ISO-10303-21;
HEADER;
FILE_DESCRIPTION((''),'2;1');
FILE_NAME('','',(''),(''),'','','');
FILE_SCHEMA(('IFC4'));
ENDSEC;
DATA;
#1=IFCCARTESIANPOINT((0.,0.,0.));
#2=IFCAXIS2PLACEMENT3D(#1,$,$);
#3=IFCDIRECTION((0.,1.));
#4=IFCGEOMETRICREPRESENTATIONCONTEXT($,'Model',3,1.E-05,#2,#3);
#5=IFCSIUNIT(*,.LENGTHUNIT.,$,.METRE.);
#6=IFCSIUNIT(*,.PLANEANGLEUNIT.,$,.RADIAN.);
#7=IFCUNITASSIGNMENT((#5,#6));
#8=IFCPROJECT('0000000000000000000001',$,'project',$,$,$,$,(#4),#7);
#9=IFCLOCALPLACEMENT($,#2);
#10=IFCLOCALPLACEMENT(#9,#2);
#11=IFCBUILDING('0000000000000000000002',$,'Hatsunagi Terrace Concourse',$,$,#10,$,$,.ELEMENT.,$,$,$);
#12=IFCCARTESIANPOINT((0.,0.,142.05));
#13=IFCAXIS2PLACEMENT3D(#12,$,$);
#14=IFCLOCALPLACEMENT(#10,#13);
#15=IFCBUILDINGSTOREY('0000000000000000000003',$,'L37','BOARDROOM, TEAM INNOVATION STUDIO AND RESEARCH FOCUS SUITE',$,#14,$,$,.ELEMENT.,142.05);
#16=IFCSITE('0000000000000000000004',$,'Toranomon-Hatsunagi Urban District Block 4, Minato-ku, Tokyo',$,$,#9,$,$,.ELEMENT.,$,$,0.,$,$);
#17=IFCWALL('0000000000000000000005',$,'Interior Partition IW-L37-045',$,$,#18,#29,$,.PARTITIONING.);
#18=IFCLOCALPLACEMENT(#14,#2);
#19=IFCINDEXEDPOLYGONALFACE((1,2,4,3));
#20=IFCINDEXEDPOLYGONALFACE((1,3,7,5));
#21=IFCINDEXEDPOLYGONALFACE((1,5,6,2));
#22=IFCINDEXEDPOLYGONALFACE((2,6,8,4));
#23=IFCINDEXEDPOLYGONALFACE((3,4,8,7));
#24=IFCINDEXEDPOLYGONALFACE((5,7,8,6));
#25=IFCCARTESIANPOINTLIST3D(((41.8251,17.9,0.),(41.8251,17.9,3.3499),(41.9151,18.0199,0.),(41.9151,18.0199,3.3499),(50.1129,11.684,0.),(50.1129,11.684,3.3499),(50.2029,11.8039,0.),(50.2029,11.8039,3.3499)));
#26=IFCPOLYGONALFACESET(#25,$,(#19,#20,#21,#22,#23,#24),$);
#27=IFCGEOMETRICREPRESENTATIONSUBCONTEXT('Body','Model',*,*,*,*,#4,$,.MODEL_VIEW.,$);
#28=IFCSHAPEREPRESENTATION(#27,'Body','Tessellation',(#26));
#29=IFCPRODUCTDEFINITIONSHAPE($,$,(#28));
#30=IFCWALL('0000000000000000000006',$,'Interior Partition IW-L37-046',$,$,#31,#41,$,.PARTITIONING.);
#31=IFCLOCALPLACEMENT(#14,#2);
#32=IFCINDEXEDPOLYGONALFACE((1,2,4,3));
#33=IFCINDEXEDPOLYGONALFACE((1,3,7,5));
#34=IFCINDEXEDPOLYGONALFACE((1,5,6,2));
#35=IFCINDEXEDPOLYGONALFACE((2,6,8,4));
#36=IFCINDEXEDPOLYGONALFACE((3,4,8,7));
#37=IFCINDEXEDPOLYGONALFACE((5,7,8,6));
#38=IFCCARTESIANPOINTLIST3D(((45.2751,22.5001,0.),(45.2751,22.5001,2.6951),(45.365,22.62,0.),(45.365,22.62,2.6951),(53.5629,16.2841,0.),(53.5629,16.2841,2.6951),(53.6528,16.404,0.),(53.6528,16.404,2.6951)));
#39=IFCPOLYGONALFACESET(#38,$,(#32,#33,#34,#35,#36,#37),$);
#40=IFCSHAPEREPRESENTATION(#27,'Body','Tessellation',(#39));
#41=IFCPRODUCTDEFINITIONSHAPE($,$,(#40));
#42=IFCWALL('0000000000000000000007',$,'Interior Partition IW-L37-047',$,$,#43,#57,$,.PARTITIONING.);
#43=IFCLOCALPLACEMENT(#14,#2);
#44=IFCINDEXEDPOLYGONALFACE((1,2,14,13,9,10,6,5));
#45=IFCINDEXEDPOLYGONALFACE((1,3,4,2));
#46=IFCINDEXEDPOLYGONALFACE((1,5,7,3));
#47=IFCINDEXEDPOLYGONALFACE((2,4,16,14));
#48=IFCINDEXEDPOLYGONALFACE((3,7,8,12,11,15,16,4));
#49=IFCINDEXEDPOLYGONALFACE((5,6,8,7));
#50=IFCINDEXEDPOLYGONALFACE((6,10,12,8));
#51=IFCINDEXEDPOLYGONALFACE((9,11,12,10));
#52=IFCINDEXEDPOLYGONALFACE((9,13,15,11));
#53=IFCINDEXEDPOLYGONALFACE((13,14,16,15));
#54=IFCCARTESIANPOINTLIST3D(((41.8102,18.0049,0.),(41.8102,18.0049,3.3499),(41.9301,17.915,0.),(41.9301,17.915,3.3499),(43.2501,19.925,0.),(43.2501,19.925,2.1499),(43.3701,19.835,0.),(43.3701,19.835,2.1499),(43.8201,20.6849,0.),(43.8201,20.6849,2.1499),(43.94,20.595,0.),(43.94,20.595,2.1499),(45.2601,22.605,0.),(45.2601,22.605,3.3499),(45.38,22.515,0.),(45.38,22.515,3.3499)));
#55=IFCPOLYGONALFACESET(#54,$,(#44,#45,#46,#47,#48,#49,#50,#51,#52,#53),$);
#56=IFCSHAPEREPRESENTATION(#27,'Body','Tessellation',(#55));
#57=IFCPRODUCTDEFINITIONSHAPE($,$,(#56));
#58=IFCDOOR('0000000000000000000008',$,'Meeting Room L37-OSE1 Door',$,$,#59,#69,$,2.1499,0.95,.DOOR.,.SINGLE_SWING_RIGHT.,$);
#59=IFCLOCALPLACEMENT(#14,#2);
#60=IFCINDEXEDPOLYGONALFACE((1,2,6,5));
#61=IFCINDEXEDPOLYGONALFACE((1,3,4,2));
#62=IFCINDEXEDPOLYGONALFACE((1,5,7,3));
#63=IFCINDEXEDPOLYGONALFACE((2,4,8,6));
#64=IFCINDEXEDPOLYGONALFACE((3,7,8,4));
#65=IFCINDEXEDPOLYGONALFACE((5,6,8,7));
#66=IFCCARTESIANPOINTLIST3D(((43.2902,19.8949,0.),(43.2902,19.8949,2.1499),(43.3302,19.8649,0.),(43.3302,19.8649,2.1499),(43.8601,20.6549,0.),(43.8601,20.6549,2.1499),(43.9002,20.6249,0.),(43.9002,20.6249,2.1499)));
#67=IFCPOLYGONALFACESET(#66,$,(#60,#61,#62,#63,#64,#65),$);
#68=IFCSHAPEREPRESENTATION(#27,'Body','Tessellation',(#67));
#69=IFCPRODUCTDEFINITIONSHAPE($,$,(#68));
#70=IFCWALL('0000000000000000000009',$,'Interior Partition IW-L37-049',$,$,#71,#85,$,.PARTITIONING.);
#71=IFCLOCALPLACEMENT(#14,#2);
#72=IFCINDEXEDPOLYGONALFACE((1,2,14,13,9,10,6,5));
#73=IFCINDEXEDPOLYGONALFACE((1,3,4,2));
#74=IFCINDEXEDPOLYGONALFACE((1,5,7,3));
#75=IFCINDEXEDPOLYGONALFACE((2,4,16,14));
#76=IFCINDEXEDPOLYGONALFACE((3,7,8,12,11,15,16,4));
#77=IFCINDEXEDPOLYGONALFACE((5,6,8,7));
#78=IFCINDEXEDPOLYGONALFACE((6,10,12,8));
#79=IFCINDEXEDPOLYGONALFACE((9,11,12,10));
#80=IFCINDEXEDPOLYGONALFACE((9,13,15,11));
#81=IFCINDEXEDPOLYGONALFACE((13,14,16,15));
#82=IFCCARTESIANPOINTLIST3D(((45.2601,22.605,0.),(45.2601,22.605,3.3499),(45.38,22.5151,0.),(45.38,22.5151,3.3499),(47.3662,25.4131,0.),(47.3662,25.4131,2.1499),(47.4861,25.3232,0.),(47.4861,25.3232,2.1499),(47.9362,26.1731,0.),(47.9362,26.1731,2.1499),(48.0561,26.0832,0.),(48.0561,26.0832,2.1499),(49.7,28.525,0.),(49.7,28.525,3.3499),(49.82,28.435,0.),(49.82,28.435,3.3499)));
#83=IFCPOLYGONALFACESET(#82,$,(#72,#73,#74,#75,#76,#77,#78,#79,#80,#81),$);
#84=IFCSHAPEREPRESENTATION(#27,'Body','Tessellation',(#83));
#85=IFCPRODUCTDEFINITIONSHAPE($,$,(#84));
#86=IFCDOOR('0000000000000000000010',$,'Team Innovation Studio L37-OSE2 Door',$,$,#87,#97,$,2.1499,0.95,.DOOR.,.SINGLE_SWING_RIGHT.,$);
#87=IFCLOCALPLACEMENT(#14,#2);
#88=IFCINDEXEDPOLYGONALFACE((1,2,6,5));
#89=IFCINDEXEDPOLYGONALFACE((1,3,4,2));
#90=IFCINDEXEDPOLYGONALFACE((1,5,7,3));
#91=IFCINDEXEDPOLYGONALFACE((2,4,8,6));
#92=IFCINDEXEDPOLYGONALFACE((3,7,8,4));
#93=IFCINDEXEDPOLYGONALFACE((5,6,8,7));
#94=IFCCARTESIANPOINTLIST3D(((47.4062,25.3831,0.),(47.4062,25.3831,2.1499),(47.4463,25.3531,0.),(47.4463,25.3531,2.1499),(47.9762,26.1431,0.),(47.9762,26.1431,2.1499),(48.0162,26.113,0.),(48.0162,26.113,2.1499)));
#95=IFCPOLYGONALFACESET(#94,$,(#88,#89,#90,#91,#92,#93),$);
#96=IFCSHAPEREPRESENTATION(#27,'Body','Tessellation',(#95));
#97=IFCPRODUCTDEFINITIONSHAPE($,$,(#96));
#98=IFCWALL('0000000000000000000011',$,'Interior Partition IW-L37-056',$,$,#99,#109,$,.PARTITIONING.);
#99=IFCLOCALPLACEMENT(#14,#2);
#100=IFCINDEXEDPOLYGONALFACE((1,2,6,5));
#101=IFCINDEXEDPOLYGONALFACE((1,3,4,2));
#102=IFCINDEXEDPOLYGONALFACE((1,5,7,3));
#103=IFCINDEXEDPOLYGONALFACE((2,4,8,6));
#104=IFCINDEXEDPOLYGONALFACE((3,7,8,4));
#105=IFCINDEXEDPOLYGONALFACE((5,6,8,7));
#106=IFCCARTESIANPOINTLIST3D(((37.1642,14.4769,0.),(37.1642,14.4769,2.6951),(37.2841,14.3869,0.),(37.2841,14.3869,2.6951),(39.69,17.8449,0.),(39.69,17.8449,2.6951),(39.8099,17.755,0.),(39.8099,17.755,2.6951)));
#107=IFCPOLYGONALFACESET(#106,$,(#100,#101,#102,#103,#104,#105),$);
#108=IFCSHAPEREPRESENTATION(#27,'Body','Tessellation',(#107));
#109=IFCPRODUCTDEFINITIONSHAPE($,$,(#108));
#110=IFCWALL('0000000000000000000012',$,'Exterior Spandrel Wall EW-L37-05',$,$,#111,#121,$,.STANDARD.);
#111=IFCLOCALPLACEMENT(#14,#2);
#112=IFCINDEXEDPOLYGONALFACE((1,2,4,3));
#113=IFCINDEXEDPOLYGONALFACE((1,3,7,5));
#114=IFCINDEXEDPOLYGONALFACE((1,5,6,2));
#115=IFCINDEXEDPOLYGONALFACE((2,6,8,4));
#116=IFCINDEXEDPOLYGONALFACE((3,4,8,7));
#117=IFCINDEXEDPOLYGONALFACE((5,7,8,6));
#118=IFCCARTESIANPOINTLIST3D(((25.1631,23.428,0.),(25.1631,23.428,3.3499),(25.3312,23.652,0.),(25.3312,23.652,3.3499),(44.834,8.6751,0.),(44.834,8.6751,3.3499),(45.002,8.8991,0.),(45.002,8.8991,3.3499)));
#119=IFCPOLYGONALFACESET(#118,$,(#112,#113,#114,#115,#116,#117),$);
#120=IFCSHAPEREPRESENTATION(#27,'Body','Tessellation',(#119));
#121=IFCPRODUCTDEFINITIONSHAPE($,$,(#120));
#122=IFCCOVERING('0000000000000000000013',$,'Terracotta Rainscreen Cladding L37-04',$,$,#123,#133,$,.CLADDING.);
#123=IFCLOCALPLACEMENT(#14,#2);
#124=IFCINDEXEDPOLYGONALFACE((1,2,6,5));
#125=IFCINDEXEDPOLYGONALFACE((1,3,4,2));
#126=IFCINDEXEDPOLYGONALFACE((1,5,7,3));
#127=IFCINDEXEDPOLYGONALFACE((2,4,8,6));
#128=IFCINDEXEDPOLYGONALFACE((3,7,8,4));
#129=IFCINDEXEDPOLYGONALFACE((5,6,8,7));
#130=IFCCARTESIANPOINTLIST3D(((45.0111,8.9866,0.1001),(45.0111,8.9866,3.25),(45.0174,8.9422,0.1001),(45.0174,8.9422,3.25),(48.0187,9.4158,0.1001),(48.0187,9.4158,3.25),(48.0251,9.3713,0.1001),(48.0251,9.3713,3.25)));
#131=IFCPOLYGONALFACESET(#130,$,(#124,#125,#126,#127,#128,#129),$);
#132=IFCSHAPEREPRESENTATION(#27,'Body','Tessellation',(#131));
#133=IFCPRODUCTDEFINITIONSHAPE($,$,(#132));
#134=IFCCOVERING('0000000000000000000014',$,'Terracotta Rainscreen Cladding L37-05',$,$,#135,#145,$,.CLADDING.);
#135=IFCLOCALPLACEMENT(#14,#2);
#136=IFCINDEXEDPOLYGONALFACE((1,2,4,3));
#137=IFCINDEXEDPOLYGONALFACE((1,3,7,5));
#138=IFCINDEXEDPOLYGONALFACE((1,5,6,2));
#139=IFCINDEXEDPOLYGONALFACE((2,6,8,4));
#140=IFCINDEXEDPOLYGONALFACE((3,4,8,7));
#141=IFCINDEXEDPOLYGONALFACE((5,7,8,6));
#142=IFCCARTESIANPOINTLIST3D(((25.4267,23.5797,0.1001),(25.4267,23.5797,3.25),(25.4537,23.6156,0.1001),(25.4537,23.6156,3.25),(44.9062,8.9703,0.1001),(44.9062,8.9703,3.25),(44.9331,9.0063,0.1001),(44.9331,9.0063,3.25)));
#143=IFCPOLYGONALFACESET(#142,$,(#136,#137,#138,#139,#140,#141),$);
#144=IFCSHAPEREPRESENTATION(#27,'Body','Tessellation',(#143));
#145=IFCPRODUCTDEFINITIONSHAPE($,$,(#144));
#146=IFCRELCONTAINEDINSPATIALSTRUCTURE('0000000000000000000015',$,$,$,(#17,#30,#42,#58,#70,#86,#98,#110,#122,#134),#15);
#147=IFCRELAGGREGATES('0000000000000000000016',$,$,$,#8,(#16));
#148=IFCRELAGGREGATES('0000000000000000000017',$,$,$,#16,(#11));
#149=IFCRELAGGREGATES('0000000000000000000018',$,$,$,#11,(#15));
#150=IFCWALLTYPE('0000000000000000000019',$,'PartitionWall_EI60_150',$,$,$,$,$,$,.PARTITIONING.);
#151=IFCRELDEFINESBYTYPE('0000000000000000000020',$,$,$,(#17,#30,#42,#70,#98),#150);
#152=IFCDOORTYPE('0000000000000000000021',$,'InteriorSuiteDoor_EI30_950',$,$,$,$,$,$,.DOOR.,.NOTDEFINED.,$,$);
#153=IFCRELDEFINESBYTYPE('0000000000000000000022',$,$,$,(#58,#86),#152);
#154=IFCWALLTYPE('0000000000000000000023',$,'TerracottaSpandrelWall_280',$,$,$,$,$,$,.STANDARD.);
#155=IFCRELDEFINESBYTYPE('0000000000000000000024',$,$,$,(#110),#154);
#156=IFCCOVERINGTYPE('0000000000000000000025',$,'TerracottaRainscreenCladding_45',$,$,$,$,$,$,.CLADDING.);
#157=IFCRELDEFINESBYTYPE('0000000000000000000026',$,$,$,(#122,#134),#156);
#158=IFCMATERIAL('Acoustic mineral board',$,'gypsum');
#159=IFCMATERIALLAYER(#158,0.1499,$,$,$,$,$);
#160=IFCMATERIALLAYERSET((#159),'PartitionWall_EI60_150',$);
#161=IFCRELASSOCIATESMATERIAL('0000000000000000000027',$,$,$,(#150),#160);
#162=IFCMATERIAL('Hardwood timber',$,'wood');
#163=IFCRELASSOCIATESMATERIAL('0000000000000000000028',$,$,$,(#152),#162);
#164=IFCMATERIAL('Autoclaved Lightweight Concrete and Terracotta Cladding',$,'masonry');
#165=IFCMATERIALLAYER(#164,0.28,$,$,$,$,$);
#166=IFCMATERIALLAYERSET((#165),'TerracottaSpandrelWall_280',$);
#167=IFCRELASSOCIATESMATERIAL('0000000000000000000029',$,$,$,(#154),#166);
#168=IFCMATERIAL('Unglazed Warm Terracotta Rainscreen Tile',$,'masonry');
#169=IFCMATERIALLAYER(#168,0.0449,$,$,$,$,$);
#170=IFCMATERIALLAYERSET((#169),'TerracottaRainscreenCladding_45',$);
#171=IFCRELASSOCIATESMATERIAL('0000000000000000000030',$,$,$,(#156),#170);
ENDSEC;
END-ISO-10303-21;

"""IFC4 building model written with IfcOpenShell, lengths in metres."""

from ifc_helpers import new_model, si_unit, direction, frame, frame_2d, origin, origin_2d, place, context, subcontext, project, spatial, rectangle, extrude, material, layer, layer_set, type_object, element, fill, save


model = new_model("IFC4")

# Units and contexts
model_context = context("Model", 3, precision=1e-05, world=origin(), true_north=direction((0.0, 1.0)))
body_context = subcontext(model_context, "Body", "Model", "MODEL_VIEW")
ifc_project = project(units=[si_unit("LENGTHUNIT", "METRE"), si_unit("PLANEANGLEUNIT", "RADIAN")], contexts=[model_context])

# Site, building, storey
site_placement = place(None, origin())
site = spatial("IfcSite", under=ifc_project, at=site_placement, Name="Toranomon-Hatsunagi Urban District Block 4, Minato-ku, Tokyo", CompositionType="ELEMENT", RefElevation=0.0)
building_placement = place(site_placement, origin())
building = spatial("IfcBuilding", under=site, at=building_placement, Name="Hatsunagi Terrace Concourse", CompositionType="ELEMENT")
storey_placement = place(building_placement, frame((0.0, 0.0, 142.05)))
storey = spatial("IfcBuildingStorey", under=building, at=storey_placement, Name="L37", Description="BOARDROOM, TEAM INNOVATION STUDIO AND RESEARCH FOCUS SUITE", CompositionType="ELEMENT", Elevation=142.05)

# Walls
ifc_material_1 = material(Name="Acoustic mineral board", Category="gypsum")
ifc_layer_1 = layer(ifc_material_1, 0.1499)
ifc_layer_set_1 = layer_set([ifc_layer_1], Name="PartitionWall_EI60_150")
wall_type_1 = type_object("IfcWallType", Name="PartitionWall_EI60_150", PredefinedType="PARTITIONING", material=ifc_layer_set_1)
wall_1_placement = place(storey_placement, frame((41.8701, 17.96, 0.0), z_axis=(0.0, 0.0, 1.0), x_axis=(0.799992, -0.600011, 0.0)))
element("IfcWall", 1, at=wall_1_placement, inside=storey, type_object=wall_type_1, Name="Interior Partition IW-L37-045", PredefinedType="PARTITIONING", context=body_context, shape_type="SweptSolid", body=[
    extrude(rectangle(XDim=10.3599, YDim=0.1499, at=frame_2d((5.1799, 0.0))), origin(), (0.0, 0.0, 1.0), 3.3499),
])
wall_2_placement = place(storey_placement, frame((45.3201, 22.5601, 0.0), z_axis=(0.0, 0.0, 1.0), x_axis=(0.799992, -0.600011, 0.0)))
element("IfcWall", 2, at=wall_2_placement, inside=storey, type_object=wall_type_1, Name="Interior Partition IW-L37-046", PredefinedType="PARTITIONING", context=body_context, shape_type="SweptSolid", body=[
    extrude(rectangle(XDim=10.3599, YDim=0.1499, at=frame_2d((5.1799, 0.0))), origin(), (0.0, 0.0, 1.0), 2.6951),
])

# Walls, openings, doors
wall_3_placement = place(storey_placement, frame((41.8701, 17.96, 0.0), z_axis=(0.0, 0.0, 1.0), x_axis=(0.599986, 0.80001, 0.0)))
wall_3 = element("IfcWall", 3, at=wall_3_placement, inside=storey, type_object=wall_type_1, Name="Interior Partition IW-L37-047", PredefinedType="PARTITIONING", context=body_context, shape_type="SweptSolid", body=[
    extrude(rectangle(XDim=5.75, YDim=0.1499, at=frame_2d((2.875, 0.0))), origin(), (0.0, 0.0, 1.0), 3.3499),
])
opening_1_placement = place(wall_3_placement, frame((2.3999, 0.0, 0.0)))
opening_1 = element("IfcOpeningElement", 4, at=opening_1_placement, cuts=wall_3, PredefinedType="OPENING", context=body_context, shape_type="SweptSolid", body=[
    extrude(rectangle(XDim=0.95, YDim=2.1499, at=frame_2d((0.4751, 1.075))), frame((0.0, 0.085, 0.0), z_axis=(0.0, -1.0, 0.0), x_axis=(1.0, 0.0, 0.0)), (0.0, 0.0, 1.0), 0.1699),
])
ifc_material_2 = material(Name="Hardwood timber", Category="wood")
door_type = type_object("IfcDoorType", Name="InteriorSuiteDoor_EI30_950", OperationType="NOTDEFINED", PredefinedType="DOOR", material=ifc_material_2)
door_1_placement = place(opening_1_placement, origin())
door_1 = element("IfcDoor", 5, at=door_1_placement, inside=storey, type_object=door_type, Name="Meeting Room L37-OSE1 Door", OperationType="SINGLE_SWING_RIGHT", OverallHeight=2.1499, OverallWidth=0.95, PredefinedType="DOOR", context=body_context, shape_type="SweptSolid", body=[
    extrude(rectangle(XDim=0.95, YDim=2.1499, at=frame_2d((0.4751, 1.075))), frame((0.0, 0.0249, 0.0), z_axis=(0.0, -1.0, 0.0), x_axis=(1.0, 0.0, 0.0)), (0.0, 0.0, 1.0), 0.05),
])
fill(opening_1, door_1)
wall_4_placement = place(storey_placement, frame((45.3201, 22.5601, 0.0), z_axis=(0.0, 0.0, 1.0), x_axis=(0.6, 0.8, 0.0)))
wall_4 = element("IfcWall", 6, at=wall_4_placement, inside=storey, type_object=wall_type_1, Name="Interior Partition IW-L37-049", PredefinedType="PARTITIONING", context=body_context, shape_type="SweptSolid", body=[
    extrude(rectangle(XDim=7.3999, YDim=0.1499, at=frame_2d((3.7, 0.0))), origin(), (0.0, 0.0, 1.0), 3.3499),
])
opening_2_placement = place(wall_4_placement, frame((3.51, 0.0, 0.0)))
opening_2 = element("IfcOpeningElement", 7, at=opening_2_placement, cuts=wall_4, PredefinedType="OPENING", context=body_context, shape_type="SweptSolid", body=[
    extrude(rectangle(XDim=0.95, YDim=2.1499, at=frame_2d((0.4751, 1.075))), frame((0.0, 0.085, 0.0), z_axis=(0.0, -1.0, 0.0), x_axis=(1.0, 0.0, 0.0)), (0.0, 0.0, 1.0), 0.1699),
])
door_2_placement = place(opening_2_placement, origin())
door_2 = element("IfcDoor", 8, at=door_2_placement, inside=storey, type_object=door_type, Name="Team Innovation Studio L37-OSE2 Door", OperationType="SINGLE_SWING_RIGHT", OverallHeight=2.1499, OverallWidth=0.95, PredefinedType="DOOR", context=body_context, shape_type="SweptSolid", body=[
    extrude(rectangle(XDim=0.95, YDim=2.1499, at=frame_2d((0.4751, 1.075))), frame((0.0, 0.0249, 0.0), z_axis=(0.0, -1.0, 0.0), x_axis=(1.0, 0.0, 0.0)), (0.0, 0.0, 1.0), 0.05),
])
fill(opening_2, door_2)

# Walls
wall_5_placement = place(storey_placement, frame((37.2241, 14.4319, 0.0), z_axis=(0.0, 0.0, 1.0), x_axis=(0.599963, 0.800028, 0.0)))
element("IfcWall", 9, at=wall_5_placement, inside=storey, type_object=wall_type_1, Name="Interior Partition IW-L37-056", PredefinedType="PARTITIONING", context=body_context, shape_type="SweptSolid", body=[
    extrude(rectangle(XDim=4.21, YDim=0.1499, at=frame_2d((2.105, 0.0))), origin(), (0.0, 0.0, 1.0), 2.6951),
])
ifc_material_3 = material(Name="Autoclaved Lightweight Concrete and Terracotta Cladding", Category="masonry")
ifc_layer_2 = layer(ifc_material_3, 0.28)
ifc_layer_set_2 = layer_set([ifc_layer_2], Name="TerracottaSpandrelWall_280")
wall_type_2 = type_object("IfcWallType", Name="TerracottaSpandrelWall_280", PredefinedType="STANDARD", material=ifc_layer_set_2)
wall_6_placement = place(storey_placement, frame((44.918, 8.7871, 0.0), z_axis=(0.0, 0.0, 1.0), x_axis=(-0.800005, 0.599994, 0.0)))
element("IfcWall", 10, at=wall_6_placement, inside=storey, type_object=wall_type_2, Name="Exterior Spandrel Wall EW-L37-05", PredefinedType="STANDARD", context=body_context, shape_type="SweptSolid", body=[
    extrude(rectangle(XDim=24.5884, YDim=0.28, at=frame_2d((12.2942, 0.0))), origin(), (0.0, 0.0, 1.0), 3.3499),
])

# Coverings
ifc_material_4 = material(Name="Unglazed Warm Terracotta Rainscreen Tile", Category="masonry")
ifc_layer_3 = layer(ifc_material_4, 0.0449)
ifc_layer_set_3 = layer_set([ifc_layer_3], Name="TerracottaRainscreenCladding_45")
covering_type = type_object("IfcCoveringType", Name="TerracottaRainscreenCladding_45", PredefinedType="CLADDING", material=ifc_layer_set_3)
covering_1_placement = place(storey_placement, frame((46.5181, 9.179, 0.1001), z_axis=(0.0, 0.0, 1.0), x_axis=(-0.989974, -0.14125, 0.0)))
element("IfcCovering", 11, at=covering_1_placement, inside=storey, type_object=covering_type, Name="Terracotta Rainscreen Cladding L37-04", PredefinedType="CLADDING", context=body_context, shape_type="SweptSolid", body=[
    extrude(rectangle(XDim=3.0381, YDim=0.0449, at=origin_2d()), origin(), (0.0, 0.0, 1.0), 3.1499),
])
covering_2_placement = place(storey_placement, frame((35.1799, 16.293, 0.1001), z_axis=(0.0, 0.0, 1.0), x_axis=(-0.800005, 0.599993, 0.0)))
element("IfcCovering", 12, at=covering_2_placement, inside=storey, type_object=covering_type, Name="Terracotta Rainscreen Cladding L37-05", PredefinedType="CLADDING", context=body_context, shape_type="SweptSolid", body=[
    extrude(rectangle(XDim=24.3491, YDim=0.0449, at=origin_2d()), origin(), (0.0, 0.0, 1.0), 3.1499),
])

save(model, "model.ifc")
